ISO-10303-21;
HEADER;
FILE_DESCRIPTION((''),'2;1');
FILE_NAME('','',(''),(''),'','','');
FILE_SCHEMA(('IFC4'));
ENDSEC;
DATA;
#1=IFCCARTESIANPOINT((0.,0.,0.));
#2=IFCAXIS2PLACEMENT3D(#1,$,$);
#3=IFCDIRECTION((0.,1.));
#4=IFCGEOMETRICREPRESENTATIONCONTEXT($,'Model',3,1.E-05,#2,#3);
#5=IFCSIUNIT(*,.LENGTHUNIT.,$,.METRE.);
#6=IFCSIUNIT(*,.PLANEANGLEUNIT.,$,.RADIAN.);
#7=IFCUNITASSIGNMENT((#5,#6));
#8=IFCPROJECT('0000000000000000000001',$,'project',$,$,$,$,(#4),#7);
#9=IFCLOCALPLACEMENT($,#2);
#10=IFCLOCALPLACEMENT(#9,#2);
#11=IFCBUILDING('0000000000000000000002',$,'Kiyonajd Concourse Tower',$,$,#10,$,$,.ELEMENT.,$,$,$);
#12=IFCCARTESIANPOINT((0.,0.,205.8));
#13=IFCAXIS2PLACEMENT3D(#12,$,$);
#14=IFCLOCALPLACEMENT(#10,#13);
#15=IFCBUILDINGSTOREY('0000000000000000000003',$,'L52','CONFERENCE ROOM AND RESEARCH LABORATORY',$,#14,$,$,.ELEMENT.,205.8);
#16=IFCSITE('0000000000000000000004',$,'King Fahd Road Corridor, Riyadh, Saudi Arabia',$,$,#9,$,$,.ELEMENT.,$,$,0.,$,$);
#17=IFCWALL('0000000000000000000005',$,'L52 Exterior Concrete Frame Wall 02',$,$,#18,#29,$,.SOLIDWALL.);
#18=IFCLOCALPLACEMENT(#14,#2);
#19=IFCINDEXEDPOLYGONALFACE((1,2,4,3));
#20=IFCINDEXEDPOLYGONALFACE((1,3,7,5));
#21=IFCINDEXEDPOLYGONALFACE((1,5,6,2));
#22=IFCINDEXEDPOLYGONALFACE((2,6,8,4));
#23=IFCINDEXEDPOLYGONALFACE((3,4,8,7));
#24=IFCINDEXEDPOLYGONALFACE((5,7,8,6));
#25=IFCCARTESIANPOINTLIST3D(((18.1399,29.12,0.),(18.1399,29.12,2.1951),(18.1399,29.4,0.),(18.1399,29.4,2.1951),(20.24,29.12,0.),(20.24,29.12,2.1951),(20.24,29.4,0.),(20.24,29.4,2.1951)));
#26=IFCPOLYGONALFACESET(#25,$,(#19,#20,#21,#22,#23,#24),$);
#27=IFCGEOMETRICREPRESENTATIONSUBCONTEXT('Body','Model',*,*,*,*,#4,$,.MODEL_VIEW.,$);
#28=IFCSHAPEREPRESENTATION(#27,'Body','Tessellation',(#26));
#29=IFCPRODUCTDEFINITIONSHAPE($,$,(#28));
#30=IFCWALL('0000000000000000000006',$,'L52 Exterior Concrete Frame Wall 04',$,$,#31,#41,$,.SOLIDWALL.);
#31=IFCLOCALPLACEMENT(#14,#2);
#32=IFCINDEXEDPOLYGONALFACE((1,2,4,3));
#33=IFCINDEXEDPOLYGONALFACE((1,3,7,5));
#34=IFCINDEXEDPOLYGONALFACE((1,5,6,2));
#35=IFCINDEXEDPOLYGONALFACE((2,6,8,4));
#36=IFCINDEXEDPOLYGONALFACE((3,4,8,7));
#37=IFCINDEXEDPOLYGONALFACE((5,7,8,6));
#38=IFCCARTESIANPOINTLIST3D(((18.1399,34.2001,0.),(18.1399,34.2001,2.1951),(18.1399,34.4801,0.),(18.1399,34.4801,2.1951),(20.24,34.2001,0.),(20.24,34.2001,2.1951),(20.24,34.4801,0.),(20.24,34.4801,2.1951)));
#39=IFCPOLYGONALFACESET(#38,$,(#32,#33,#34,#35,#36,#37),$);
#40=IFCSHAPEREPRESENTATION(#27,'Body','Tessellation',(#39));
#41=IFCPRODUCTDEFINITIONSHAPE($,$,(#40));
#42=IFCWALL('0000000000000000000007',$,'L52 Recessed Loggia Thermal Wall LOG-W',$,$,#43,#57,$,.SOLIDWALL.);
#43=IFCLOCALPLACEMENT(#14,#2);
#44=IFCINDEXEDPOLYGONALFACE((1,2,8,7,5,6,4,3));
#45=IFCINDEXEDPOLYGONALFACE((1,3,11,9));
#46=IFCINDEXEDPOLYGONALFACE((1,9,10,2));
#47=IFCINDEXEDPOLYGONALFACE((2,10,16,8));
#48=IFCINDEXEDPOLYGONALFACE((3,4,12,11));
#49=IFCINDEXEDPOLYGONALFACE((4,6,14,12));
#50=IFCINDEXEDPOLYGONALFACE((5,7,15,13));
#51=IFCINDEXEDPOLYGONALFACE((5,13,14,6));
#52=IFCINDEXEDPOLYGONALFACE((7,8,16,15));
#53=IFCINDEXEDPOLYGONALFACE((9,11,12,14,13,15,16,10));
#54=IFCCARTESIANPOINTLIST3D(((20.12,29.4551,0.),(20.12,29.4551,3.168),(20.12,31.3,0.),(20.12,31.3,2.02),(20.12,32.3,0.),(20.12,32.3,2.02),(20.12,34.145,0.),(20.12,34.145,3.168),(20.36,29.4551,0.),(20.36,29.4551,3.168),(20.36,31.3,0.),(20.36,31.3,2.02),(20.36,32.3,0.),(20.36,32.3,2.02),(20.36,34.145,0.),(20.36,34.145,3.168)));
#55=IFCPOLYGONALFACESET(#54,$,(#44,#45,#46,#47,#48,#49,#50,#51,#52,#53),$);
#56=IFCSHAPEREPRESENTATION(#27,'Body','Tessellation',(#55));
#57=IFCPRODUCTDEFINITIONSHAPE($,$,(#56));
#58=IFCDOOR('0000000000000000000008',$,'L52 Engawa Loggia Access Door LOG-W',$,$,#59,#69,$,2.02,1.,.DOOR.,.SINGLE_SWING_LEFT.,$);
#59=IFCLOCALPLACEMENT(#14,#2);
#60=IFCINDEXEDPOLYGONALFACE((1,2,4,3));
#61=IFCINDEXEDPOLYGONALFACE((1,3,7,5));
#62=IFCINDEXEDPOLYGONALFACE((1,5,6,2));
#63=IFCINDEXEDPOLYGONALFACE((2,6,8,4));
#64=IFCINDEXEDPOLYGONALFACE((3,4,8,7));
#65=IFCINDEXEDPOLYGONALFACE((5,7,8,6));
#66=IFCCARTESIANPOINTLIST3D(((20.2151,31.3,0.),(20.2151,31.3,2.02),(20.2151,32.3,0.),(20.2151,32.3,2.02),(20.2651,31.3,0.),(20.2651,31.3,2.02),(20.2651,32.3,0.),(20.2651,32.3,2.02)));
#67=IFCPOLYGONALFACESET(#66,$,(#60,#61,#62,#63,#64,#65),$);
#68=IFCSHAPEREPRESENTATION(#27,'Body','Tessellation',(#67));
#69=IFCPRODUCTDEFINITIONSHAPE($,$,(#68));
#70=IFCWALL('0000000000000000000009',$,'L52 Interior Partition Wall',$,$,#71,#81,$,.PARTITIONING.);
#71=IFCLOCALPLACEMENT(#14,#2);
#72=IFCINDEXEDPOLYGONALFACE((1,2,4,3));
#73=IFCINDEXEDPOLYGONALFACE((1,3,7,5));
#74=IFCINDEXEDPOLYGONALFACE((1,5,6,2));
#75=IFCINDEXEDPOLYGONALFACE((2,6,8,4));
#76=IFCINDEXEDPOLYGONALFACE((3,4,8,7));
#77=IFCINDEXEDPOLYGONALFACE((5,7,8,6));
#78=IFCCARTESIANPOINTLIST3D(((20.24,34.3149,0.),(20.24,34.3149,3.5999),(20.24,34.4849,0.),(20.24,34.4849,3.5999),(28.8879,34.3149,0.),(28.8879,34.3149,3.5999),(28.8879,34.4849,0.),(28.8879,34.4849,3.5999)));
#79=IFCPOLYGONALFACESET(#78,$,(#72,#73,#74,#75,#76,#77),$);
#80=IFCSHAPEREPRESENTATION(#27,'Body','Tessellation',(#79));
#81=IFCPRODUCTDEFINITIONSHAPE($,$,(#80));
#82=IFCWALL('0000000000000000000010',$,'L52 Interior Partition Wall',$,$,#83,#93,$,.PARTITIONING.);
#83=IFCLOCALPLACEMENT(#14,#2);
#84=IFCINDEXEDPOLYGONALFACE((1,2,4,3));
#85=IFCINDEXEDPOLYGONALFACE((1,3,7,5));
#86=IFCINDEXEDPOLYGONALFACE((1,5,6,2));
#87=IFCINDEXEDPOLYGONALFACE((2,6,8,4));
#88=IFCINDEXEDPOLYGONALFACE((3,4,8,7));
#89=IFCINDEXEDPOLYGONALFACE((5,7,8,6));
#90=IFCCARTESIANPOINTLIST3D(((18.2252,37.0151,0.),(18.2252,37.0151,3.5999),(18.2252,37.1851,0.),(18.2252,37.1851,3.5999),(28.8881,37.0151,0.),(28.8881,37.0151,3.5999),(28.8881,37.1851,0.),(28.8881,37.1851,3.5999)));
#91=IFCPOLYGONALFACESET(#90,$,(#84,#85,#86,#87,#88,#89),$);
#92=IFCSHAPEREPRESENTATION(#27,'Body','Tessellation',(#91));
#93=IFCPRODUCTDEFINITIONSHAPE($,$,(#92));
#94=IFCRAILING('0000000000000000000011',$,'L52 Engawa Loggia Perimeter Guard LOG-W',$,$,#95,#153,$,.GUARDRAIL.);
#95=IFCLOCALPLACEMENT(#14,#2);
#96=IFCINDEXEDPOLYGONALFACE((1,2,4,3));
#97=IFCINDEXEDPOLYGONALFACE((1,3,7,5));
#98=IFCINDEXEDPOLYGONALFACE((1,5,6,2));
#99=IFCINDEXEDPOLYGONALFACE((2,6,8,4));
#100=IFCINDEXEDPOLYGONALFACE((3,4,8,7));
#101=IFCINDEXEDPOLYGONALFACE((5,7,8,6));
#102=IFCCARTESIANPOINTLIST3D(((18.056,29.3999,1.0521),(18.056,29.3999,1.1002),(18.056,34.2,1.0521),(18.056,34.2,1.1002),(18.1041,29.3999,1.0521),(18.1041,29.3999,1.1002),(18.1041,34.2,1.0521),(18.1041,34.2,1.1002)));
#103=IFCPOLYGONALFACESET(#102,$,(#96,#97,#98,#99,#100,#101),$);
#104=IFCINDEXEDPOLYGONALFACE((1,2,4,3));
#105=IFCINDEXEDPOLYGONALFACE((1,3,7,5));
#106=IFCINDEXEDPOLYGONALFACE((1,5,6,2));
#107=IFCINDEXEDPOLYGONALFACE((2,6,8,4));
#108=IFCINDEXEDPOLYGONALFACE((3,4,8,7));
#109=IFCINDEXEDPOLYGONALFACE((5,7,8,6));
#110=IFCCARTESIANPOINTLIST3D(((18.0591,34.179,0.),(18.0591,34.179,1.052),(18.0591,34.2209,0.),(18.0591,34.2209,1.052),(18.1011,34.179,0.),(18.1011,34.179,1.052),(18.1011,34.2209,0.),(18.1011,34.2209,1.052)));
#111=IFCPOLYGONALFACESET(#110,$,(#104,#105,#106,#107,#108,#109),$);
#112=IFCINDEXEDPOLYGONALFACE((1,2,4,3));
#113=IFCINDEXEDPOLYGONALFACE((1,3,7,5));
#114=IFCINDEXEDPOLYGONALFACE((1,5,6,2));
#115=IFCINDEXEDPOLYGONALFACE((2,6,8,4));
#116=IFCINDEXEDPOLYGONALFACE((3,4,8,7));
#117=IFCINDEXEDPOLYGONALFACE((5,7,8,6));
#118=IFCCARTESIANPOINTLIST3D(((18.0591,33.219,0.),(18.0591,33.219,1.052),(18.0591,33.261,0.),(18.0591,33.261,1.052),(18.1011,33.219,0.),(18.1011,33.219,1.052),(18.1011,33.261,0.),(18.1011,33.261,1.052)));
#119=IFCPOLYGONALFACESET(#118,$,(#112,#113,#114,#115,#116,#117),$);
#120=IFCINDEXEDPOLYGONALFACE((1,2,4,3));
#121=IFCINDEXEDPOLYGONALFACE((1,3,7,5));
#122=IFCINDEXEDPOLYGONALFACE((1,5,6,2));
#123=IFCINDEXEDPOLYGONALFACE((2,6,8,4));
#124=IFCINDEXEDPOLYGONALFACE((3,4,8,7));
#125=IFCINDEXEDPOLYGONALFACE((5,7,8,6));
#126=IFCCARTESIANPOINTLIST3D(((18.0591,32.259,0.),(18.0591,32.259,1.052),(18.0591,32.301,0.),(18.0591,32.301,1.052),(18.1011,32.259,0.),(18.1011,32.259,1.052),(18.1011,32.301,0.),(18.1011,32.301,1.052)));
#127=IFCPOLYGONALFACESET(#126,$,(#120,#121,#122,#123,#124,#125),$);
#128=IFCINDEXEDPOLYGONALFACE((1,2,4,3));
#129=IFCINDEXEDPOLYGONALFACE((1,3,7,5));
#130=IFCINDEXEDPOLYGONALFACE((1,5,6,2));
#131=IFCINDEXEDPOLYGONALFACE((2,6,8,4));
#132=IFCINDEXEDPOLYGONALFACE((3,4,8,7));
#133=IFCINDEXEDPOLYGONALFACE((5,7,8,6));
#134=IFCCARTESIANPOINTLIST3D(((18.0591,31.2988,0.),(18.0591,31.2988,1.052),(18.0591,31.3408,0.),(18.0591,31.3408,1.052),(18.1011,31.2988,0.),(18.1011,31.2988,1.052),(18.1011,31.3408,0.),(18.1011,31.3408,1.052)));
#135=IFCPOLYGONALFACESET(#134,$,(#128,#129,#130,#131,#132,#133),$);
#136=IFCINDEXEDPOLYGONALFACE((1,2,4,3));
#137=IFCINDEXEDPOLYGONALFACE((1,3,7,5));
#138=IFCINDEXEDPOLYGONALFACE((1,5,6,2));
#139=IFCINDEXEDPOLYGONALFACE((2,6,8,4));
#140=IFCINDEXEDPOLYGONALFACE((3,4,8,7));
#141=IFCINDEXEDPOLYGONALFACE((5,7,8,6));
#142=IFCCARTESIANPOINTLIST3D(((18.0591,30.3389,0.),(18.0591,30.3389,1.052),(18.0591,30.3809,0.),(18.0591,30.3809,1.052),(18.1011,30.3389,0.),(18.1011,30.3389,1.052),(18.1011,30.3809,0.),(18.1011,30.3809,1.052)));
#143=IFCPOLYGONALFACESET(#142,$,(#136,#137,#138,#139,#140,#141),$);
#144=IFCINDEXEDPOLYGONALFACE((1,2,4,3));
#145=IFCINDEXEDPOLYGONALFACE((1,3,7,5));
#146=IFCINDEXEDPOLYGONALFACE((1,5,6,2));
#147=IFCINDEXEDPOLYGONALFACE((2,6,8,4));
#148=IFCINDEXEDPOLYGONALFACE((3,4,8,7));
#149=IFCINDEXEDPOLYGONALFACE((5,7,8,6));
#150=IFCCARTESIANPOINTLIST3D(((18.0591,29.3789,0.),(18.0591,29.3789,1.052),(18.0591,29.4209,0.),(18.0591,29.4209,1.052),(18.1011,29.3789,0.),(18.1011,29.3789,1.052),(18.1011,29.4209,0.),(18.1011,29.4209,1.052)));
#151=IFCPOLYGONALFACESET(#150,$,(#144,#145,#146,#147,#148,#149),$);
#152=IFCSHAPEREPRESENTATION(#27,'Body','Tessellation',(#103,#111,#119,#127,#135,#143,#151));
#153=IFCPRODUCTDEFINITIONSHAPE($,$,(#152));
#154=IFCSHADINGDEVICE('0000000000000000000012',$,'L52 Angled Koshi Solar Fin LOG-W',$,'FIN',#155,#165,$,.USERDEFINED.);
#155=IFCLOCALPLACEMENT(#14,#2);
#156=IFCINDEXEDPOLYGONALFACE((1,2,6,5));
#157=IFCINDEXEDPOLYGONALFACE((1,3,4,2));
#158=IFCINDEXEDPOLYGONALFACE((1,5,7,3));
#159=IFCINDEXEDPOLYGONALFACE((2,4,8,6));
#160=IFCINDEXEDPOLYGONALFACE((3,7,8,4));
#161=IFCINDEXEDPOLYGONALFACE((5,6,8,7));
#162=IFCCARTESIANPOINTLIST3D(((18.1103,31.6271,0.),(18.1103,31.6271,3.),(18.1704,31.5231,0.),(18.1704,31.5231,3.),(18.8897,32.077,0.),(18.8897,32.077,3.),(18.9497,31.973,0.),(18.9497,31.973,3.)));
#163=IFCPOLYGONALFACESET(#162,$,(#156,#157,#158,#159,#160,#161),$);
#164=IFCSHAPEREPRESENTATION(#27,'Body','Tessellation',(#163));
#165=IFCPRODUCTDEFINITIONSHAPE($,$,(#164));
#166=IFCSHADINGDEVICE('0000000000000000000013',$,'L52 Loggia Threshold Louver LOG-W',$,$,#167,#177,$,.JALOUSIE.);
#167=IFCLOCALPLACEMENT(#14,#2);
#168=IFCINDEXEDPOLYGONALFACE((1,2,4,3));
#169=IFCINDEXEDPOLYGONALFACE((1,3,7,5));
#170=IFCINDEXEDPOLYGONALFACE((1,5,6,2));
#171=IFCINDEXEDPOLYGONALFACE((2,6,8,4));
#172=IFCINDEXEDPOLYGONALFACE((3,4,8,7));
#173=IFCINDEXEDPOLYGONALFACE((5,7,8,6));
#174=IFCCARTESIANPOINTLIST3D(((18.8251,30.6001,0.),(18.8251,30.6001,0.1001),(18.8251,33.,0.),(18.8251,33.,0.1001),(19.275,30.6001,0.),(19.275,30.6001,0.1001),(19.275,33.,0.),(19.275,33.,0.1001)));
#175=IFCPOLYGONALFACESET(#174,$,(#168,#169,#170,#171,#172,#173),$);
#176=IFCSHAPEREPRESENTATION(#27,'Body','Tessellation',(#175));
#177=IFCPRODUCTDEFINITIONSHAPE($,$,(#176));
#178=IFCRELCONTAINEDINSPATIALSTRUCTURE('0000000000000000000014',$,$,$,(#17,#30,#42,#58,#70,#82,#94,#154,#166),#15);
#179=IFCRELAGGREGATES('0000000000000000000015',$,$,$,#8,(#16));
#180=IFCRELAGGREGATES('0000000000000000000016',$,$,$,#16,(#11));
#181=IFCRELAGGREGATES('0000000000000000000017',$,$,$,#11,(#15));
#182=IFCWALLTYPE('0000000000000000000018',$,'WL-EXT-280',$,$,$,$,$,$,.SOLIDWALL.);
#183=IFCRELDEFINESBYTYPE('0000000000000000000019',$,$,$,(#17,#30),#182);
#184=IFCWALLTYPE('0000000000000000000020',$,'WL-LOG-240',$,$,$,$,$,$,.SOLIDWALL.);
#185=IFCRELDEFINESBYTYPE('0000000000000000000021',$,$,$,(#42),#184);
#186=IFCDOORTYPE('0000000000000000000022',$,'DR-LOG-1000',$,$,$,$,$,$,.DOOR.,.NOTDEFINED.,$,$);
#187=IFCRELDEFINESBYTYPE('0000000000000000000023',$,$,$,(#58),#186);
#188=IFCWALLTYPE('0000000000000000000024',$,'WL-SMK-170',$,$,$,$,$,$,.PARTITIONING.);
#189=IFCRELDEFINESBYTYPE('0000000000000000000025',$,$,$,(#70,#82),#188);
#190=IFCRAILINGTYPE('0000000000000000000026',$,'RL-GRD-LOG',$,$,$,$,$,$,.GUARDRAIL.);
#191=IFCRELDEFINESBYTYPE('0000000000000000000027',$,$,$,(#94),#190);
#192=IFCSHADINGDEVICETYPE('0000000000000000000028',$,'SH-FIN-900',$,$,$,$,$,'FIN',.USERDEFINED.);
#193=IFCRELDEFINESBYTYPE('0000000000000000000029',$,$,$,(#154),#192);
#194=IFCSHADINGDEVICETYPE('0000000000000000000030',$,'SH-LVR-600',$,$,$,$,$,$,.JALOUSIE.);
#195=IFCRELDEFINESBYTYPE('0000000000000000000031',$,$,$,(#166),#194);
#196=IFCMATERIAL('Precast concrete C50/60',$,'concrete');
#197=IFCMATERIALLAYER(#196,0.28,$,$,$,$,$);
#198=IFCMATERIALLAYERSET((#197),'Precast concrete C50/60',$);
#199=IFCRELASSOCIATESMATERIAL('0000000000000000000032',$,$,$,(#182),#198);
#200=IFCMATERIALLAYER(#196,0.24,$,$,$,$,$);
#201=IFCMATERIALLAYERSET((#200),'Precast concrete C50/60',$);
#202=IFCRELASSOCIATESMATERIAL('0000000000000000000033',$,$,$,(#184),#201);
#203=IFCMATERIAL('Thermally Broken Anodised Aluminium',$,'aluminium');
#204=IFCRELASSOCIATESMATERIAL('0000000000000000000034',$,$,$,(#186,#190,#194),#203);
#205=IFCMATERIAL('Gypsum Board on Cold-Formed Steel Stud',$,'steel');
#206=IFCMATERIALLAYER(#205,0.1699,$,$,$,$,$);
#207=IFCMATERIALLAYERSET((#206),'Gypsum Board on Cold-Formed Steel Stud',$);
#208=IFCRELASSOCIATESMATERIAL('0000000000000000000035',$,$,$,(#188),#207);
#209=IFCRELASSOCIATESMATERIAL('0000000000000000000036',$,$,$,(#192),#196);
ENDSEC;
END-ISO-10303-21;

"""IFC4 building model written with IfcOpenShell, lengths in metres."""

from ifc_helpers import new_model, si_unit, direction, frame, frame_2d, origin, origin_2d, place, context, subcontext, project, spatial, rectangle, extrude, material, layer, layer_set, type_object, element, fill, save


model = new_model("IFC4")

# Units and contexts
model_context = context("Model", 3, precision=1e-05, world=origin(), true_north=direction((0.0, 1.0)))
body_context = subcontext(model_context, "Body", "Model", "MODEL_VIEW")
ifc_project = project(units=[si_unit("LENGTHUNIT", "METRE"), si_unit("PLANEANGLEUNIT", "RADIAN")], contexts=[model_context])

# Site, building, storey
site_placement = place(None, origin())
site = spatial("IfcSite", under=ifc_project, at=site_placement, Name="King Fahd Road Corridor, Riyadh, Saudi Arabia", CompositionType="ELEMENT", RefElevation=0.0)
building_placement = place(site_placement, origin())
building = spatial("IfcBuilding", under=site, at=building_placement, Name="Kiyonajd Concourse Tower", CompositionType="ELEMENT")
storey_placement = place(building_placement, frame((0.0, 0.0, 205.8)))
storey = spatial("IfcBuildingStorey", under=building, at=storey_placement, Name="L52", Description="CONFERENCE ROOM AND RESEARCH LABORATORY", CompositionType="ELEMENT", Elevation=205.8)

# Shared definitions
ifc_material_1 = material(Name="Thermally Broken Anodised Aluminium", Category="aluminium")

# Walls
ifc_material_2 = material(Name="Precast concrete C50/60", Category="concrete")
ifc_layer_1 = layer(ifc_material_2, 0.28)
ifc_layer_set_1 = layer_set([ifc_layer_1], Name="Precast concrete C50/60")
wall_type_1 = type_object("IfcWallType", Name="WL-EXT-280", PredefinedType="SOLIDWALL", material=ifc_layer_set_1)
for number, where, z_axis, x_axis, name in (
    (1, (18.1399, 29.26, 0.0), (0.0, 0.0, 1.0), (1.0, 0.0, 0.0), "L52 Exterior Concrete Frame Wall 02"),
    (2, (20.24, 34.3401, 0.0), (0.0, 0.0, 1.0), (-1.0, 0.0, 0.0), "L52 Exterior Concrete Frame Wall 04"),
):
    element("IfcWall", number, at=place(storey_placement, frame(where, z_axis=z_axis, x_axis=x_axis)), inside=storey, type_object=wall_type_1, Name=name, PredefinedType="SOLIDWALL", context=body_context, shape_type="SweptSolid", body=[
        extrude(rectangle(XDim=2.1001, YDim=0.28, at=frame_2d((1.05, 0.0))), origin(), (0.0, 0.0, 1.0), 2.1951),
    ])

# Wall, opening, door
ifc_layer_2 = layer(ifc_material_2, 0.24)
ifc_layer_set_2 = layer_set([ifc_layer_2], Name="Precast concrete C50/60")
wall_type_2 = type_object("IfcWallType", Name="WL-LOG-240", PredefinedType="SOLIDWALL", material=ifc_layer_set_2)
wall_1_placement = place(storey_placement, frame((20.24, 29.4551, 0.0), z_axis=(0.0, 0.0, 1.0), x_axis=(0.0, 1.0, 0.0)))
wall_1 = element("IfcWall", 3, at=wall_1_placement, inside=storey, type_object=wall_type_2, Name="L52 Recessed Loggia Thermal Wall LOG-W", PredefinedType="SOLIDWALL", context=body_context, shape_type="SweptSolid", body=[
    extrude(rectangle(XDim=4.6899, YDim=0.24, at=frame_2d((2.345, 0.0))), origin(), (0.0, 0.0, 1.0), 3.168),
])
opening_placement = place(wall_1_placement, frame((1.845, 0.0, 0.0)))
opening = element("IfcOpeningElement", 4, at=opening_placement, cuts=wall_1, PredefinedType="OPENING", context=body_context, shape_type="SweptSolid", body=[
    extrude(rectangle(XDim=1.0, YDim=2.02, at=frame_2d((0.5, 1.01))), frame((0.0, 0.1299, 0.0), z_axis=(0.0, -1.0, 0.0), x_axis=(1.0, 0.0, 0.0)), (0.0, 0.0, 1.0), 0.26),
])
door_type = type_object("IfcDoorType", Name="DR-LOG-1000", OperationType="NOTDEFINED", PredefinedType="DOOR", material=ifc_material_1)
door_placement = place(opening_placement, origin())
door = element("IfcDoor", 5, at=door_placement, inside=storey, type_object=door_type, Name="L52 Engawa Loggia Access Door LOG-W", OperationType="SINGLE_SWING_LEFT", OverallHeight=2.02, OverallWidth=1.0, PredefinedType="DOOR", context=body_context, shape_type="SweptSolid", body=[
    extrude(rectangle(XDim=1.0, YDim=2.02, at=frame_2d((0.5, 1.01))), frame((0.0, 0.0249, 0.0), z_axis=(0.0, -1.0, 0.0), x_axis=(1.0, 0.0, 0.0)), (0.0, 0.0, 1.0), 0.05),
])
fill(opening, door)

# Walls
ifc_material_3 = material(Name="Gypsum Board on Cold-Formed Steel Stud", Category="steel")
ifc_layer_3 = layer(ifc_material_3, 0.1699)
ifc_layer_set_3 = layer_set([ifc_layer_3], Name="Gypsum Board on Cold-Formed Steel Stud")
wall_type_3 = type_object("IfcWallType", Name="WL-SMK-170", PredefinedType="PARTITIONING", material=ifc_layer_set_3)
wall_2_placement = place(storey_placement, frame((20.24, 34.3999, 0.0), z_axis=(0.0, 0.0, 1.0), x_axis=(1.0, 0.0, 0.0)))
element("IfcWall", 6, at=wall_2_placement, inside=storey, type_object=wall_type_3, Name="L52 Interior Partition Wall", PredefinedType="PARTITIONING", context=body_context, shape_type="SweptSolid", body=[
    extrude(rectangle(XDim=8.6479, YDim=0.1699, at=frame_2d((4.324, 0.0))), origin(), (0.0, 0.0, 1.0), 3.5999),
])
wall_3_placement = place(storey_placement, frame((18.2251, 37.1001, 0.0), z_axis=(0.0, 0.0, 1.0), x_axis=(1.0, 0.0, 0.0)))
element("IfcWall", 7, at=wall_3_placement, inside=storey, type_object=wall_type_3, Name="L52 Interior Partition Wall", PredefinedType="PARTITIONING", context=body_context, shape_type="SweptSolid", body=[
    extrude(rectangle(XDim=10.6628, YDim=0.1699, at=frame_2d((5.3315, 0.0))), origin(), (0.0, 0.0, 1.0), 3.5999),
])

# Railing
railing_type = type_object("IfcRailingType", Name="RL-GRD-LOG", PredefinedType="GUARDRAIL", material=ifc_material_1)
railing_placement = place(storey_placement, frame((18.0801, 34.2, 0.0)))
element("IfcRailing", 8, at=railing_placement, inside=storey, type_object=railing_type, Name="L52 Engawa Loggia Perimeter Guard LOG-W", PredefinedType="GUARDRAIL", context=body_context, shape_type="SweptSolid", body=[
    extrude(rectangle(XDim=0.0481, YDim=0.0481, at=origin_2d()), frame((0.0, 0.0, 1.0762), z_axis=(0.0, -1.0, 0.0), x_axis=(1.0, 0.0, 0.0)), (0.0, 0.0, 1.0), 4.8),
    extrude(rectangle(XDim=0.042, YDim=0.042, at=origin_2d()), origin(), (0.0, 0.0, 1.0), 1.052),
    extrude(rectangle(XDim=0.042, YDim=0.042, at=origin_2d()), frame((0.0, -0.96, 0.0)), (0.0, 0.0, 1.0), 1.052),
    extrude(rectangle(XDim=0.042, YDim=0.042, at=origin_2d()), frame((0.0, -1.9199, 0.0)), (0.0, 0.0, 1.0), 1.052),
    extrude(rectangle(XDim=0.042, YDim=0.042, at=origin_2d()), frame((0.0, -2.8801, 0.0)), (0.0, 0.0, 1.0), 1.052),
    extrude(rectangle(XDim=0.042, YDim=0.042, at=origin_2d()), frame((0.0, -3.8401, 0.0)), (0.0, 0.0, 1.0), 1.052),
    extrude(rectangle(XDim=0.042, YDim=0.042, at=origin_2d()), frame((0.0, -4.8, 0.0)), (0.0, 0.0, 1.0), 1.052),
])

# Shading devices
shading_device_type_1 = type_object("IfcShadingDeviceType", Name="SH-FIN-900", ElementType="FIN", PredefinedType="USERDEFINED", material=ifc_material_2)
shading_device_1_placement = place(storey_placement, frame((18.53, 31.8, 0.0), z_axis=(0.0, 0.0, 1.0), x_axis=(0.866025, 0.5, 0.0)))
element("IfcShadingDevice", 9, at=shading_device_1_placement, inside=storey, type_object=shading_device_type_1, Name="L52 Angled Koshi Solar Fin LOG-W", ObjectType="FIN", PredefinedType="USERDEFINED", context=body_context, shape_type="SweptSolid", body=[
    extrude(rectangle(XDim=0.8999, YDim=0.1201, at=origin_2d()), origin(), (0.0, 0.0, 1.0), 3.0),
])
shading_device_type_2 = type_object("IfcShadingDeviceType", Name="SH-LVR-600", PredefinedType="JALOUSIE", material=ifc_material_1)
shading_device_2_placement = place(storey_placement, frame((19.05, 31.8, 0.0), z_axis=(0.0, 0.0, 1.0), x_axis=(0.0, 1.0, 0.0)))
element("IfcShadingDevice", 10, at=shading_device_2_placement, inside=storey, type_object=shading_device_type_2, Name="L52 Loggia Threshold Louver LOG-W", PredefinedType="JALOUSIE", context=body_context, shape_type="SweptSolid", body=[
    extrude(rectangle(XDim=2.3999, YDim=0.45, at=origin_2d()), origin(), (0.0, 0.0, 1.0), 0.1001),
])

save(model, "model.ifc")
